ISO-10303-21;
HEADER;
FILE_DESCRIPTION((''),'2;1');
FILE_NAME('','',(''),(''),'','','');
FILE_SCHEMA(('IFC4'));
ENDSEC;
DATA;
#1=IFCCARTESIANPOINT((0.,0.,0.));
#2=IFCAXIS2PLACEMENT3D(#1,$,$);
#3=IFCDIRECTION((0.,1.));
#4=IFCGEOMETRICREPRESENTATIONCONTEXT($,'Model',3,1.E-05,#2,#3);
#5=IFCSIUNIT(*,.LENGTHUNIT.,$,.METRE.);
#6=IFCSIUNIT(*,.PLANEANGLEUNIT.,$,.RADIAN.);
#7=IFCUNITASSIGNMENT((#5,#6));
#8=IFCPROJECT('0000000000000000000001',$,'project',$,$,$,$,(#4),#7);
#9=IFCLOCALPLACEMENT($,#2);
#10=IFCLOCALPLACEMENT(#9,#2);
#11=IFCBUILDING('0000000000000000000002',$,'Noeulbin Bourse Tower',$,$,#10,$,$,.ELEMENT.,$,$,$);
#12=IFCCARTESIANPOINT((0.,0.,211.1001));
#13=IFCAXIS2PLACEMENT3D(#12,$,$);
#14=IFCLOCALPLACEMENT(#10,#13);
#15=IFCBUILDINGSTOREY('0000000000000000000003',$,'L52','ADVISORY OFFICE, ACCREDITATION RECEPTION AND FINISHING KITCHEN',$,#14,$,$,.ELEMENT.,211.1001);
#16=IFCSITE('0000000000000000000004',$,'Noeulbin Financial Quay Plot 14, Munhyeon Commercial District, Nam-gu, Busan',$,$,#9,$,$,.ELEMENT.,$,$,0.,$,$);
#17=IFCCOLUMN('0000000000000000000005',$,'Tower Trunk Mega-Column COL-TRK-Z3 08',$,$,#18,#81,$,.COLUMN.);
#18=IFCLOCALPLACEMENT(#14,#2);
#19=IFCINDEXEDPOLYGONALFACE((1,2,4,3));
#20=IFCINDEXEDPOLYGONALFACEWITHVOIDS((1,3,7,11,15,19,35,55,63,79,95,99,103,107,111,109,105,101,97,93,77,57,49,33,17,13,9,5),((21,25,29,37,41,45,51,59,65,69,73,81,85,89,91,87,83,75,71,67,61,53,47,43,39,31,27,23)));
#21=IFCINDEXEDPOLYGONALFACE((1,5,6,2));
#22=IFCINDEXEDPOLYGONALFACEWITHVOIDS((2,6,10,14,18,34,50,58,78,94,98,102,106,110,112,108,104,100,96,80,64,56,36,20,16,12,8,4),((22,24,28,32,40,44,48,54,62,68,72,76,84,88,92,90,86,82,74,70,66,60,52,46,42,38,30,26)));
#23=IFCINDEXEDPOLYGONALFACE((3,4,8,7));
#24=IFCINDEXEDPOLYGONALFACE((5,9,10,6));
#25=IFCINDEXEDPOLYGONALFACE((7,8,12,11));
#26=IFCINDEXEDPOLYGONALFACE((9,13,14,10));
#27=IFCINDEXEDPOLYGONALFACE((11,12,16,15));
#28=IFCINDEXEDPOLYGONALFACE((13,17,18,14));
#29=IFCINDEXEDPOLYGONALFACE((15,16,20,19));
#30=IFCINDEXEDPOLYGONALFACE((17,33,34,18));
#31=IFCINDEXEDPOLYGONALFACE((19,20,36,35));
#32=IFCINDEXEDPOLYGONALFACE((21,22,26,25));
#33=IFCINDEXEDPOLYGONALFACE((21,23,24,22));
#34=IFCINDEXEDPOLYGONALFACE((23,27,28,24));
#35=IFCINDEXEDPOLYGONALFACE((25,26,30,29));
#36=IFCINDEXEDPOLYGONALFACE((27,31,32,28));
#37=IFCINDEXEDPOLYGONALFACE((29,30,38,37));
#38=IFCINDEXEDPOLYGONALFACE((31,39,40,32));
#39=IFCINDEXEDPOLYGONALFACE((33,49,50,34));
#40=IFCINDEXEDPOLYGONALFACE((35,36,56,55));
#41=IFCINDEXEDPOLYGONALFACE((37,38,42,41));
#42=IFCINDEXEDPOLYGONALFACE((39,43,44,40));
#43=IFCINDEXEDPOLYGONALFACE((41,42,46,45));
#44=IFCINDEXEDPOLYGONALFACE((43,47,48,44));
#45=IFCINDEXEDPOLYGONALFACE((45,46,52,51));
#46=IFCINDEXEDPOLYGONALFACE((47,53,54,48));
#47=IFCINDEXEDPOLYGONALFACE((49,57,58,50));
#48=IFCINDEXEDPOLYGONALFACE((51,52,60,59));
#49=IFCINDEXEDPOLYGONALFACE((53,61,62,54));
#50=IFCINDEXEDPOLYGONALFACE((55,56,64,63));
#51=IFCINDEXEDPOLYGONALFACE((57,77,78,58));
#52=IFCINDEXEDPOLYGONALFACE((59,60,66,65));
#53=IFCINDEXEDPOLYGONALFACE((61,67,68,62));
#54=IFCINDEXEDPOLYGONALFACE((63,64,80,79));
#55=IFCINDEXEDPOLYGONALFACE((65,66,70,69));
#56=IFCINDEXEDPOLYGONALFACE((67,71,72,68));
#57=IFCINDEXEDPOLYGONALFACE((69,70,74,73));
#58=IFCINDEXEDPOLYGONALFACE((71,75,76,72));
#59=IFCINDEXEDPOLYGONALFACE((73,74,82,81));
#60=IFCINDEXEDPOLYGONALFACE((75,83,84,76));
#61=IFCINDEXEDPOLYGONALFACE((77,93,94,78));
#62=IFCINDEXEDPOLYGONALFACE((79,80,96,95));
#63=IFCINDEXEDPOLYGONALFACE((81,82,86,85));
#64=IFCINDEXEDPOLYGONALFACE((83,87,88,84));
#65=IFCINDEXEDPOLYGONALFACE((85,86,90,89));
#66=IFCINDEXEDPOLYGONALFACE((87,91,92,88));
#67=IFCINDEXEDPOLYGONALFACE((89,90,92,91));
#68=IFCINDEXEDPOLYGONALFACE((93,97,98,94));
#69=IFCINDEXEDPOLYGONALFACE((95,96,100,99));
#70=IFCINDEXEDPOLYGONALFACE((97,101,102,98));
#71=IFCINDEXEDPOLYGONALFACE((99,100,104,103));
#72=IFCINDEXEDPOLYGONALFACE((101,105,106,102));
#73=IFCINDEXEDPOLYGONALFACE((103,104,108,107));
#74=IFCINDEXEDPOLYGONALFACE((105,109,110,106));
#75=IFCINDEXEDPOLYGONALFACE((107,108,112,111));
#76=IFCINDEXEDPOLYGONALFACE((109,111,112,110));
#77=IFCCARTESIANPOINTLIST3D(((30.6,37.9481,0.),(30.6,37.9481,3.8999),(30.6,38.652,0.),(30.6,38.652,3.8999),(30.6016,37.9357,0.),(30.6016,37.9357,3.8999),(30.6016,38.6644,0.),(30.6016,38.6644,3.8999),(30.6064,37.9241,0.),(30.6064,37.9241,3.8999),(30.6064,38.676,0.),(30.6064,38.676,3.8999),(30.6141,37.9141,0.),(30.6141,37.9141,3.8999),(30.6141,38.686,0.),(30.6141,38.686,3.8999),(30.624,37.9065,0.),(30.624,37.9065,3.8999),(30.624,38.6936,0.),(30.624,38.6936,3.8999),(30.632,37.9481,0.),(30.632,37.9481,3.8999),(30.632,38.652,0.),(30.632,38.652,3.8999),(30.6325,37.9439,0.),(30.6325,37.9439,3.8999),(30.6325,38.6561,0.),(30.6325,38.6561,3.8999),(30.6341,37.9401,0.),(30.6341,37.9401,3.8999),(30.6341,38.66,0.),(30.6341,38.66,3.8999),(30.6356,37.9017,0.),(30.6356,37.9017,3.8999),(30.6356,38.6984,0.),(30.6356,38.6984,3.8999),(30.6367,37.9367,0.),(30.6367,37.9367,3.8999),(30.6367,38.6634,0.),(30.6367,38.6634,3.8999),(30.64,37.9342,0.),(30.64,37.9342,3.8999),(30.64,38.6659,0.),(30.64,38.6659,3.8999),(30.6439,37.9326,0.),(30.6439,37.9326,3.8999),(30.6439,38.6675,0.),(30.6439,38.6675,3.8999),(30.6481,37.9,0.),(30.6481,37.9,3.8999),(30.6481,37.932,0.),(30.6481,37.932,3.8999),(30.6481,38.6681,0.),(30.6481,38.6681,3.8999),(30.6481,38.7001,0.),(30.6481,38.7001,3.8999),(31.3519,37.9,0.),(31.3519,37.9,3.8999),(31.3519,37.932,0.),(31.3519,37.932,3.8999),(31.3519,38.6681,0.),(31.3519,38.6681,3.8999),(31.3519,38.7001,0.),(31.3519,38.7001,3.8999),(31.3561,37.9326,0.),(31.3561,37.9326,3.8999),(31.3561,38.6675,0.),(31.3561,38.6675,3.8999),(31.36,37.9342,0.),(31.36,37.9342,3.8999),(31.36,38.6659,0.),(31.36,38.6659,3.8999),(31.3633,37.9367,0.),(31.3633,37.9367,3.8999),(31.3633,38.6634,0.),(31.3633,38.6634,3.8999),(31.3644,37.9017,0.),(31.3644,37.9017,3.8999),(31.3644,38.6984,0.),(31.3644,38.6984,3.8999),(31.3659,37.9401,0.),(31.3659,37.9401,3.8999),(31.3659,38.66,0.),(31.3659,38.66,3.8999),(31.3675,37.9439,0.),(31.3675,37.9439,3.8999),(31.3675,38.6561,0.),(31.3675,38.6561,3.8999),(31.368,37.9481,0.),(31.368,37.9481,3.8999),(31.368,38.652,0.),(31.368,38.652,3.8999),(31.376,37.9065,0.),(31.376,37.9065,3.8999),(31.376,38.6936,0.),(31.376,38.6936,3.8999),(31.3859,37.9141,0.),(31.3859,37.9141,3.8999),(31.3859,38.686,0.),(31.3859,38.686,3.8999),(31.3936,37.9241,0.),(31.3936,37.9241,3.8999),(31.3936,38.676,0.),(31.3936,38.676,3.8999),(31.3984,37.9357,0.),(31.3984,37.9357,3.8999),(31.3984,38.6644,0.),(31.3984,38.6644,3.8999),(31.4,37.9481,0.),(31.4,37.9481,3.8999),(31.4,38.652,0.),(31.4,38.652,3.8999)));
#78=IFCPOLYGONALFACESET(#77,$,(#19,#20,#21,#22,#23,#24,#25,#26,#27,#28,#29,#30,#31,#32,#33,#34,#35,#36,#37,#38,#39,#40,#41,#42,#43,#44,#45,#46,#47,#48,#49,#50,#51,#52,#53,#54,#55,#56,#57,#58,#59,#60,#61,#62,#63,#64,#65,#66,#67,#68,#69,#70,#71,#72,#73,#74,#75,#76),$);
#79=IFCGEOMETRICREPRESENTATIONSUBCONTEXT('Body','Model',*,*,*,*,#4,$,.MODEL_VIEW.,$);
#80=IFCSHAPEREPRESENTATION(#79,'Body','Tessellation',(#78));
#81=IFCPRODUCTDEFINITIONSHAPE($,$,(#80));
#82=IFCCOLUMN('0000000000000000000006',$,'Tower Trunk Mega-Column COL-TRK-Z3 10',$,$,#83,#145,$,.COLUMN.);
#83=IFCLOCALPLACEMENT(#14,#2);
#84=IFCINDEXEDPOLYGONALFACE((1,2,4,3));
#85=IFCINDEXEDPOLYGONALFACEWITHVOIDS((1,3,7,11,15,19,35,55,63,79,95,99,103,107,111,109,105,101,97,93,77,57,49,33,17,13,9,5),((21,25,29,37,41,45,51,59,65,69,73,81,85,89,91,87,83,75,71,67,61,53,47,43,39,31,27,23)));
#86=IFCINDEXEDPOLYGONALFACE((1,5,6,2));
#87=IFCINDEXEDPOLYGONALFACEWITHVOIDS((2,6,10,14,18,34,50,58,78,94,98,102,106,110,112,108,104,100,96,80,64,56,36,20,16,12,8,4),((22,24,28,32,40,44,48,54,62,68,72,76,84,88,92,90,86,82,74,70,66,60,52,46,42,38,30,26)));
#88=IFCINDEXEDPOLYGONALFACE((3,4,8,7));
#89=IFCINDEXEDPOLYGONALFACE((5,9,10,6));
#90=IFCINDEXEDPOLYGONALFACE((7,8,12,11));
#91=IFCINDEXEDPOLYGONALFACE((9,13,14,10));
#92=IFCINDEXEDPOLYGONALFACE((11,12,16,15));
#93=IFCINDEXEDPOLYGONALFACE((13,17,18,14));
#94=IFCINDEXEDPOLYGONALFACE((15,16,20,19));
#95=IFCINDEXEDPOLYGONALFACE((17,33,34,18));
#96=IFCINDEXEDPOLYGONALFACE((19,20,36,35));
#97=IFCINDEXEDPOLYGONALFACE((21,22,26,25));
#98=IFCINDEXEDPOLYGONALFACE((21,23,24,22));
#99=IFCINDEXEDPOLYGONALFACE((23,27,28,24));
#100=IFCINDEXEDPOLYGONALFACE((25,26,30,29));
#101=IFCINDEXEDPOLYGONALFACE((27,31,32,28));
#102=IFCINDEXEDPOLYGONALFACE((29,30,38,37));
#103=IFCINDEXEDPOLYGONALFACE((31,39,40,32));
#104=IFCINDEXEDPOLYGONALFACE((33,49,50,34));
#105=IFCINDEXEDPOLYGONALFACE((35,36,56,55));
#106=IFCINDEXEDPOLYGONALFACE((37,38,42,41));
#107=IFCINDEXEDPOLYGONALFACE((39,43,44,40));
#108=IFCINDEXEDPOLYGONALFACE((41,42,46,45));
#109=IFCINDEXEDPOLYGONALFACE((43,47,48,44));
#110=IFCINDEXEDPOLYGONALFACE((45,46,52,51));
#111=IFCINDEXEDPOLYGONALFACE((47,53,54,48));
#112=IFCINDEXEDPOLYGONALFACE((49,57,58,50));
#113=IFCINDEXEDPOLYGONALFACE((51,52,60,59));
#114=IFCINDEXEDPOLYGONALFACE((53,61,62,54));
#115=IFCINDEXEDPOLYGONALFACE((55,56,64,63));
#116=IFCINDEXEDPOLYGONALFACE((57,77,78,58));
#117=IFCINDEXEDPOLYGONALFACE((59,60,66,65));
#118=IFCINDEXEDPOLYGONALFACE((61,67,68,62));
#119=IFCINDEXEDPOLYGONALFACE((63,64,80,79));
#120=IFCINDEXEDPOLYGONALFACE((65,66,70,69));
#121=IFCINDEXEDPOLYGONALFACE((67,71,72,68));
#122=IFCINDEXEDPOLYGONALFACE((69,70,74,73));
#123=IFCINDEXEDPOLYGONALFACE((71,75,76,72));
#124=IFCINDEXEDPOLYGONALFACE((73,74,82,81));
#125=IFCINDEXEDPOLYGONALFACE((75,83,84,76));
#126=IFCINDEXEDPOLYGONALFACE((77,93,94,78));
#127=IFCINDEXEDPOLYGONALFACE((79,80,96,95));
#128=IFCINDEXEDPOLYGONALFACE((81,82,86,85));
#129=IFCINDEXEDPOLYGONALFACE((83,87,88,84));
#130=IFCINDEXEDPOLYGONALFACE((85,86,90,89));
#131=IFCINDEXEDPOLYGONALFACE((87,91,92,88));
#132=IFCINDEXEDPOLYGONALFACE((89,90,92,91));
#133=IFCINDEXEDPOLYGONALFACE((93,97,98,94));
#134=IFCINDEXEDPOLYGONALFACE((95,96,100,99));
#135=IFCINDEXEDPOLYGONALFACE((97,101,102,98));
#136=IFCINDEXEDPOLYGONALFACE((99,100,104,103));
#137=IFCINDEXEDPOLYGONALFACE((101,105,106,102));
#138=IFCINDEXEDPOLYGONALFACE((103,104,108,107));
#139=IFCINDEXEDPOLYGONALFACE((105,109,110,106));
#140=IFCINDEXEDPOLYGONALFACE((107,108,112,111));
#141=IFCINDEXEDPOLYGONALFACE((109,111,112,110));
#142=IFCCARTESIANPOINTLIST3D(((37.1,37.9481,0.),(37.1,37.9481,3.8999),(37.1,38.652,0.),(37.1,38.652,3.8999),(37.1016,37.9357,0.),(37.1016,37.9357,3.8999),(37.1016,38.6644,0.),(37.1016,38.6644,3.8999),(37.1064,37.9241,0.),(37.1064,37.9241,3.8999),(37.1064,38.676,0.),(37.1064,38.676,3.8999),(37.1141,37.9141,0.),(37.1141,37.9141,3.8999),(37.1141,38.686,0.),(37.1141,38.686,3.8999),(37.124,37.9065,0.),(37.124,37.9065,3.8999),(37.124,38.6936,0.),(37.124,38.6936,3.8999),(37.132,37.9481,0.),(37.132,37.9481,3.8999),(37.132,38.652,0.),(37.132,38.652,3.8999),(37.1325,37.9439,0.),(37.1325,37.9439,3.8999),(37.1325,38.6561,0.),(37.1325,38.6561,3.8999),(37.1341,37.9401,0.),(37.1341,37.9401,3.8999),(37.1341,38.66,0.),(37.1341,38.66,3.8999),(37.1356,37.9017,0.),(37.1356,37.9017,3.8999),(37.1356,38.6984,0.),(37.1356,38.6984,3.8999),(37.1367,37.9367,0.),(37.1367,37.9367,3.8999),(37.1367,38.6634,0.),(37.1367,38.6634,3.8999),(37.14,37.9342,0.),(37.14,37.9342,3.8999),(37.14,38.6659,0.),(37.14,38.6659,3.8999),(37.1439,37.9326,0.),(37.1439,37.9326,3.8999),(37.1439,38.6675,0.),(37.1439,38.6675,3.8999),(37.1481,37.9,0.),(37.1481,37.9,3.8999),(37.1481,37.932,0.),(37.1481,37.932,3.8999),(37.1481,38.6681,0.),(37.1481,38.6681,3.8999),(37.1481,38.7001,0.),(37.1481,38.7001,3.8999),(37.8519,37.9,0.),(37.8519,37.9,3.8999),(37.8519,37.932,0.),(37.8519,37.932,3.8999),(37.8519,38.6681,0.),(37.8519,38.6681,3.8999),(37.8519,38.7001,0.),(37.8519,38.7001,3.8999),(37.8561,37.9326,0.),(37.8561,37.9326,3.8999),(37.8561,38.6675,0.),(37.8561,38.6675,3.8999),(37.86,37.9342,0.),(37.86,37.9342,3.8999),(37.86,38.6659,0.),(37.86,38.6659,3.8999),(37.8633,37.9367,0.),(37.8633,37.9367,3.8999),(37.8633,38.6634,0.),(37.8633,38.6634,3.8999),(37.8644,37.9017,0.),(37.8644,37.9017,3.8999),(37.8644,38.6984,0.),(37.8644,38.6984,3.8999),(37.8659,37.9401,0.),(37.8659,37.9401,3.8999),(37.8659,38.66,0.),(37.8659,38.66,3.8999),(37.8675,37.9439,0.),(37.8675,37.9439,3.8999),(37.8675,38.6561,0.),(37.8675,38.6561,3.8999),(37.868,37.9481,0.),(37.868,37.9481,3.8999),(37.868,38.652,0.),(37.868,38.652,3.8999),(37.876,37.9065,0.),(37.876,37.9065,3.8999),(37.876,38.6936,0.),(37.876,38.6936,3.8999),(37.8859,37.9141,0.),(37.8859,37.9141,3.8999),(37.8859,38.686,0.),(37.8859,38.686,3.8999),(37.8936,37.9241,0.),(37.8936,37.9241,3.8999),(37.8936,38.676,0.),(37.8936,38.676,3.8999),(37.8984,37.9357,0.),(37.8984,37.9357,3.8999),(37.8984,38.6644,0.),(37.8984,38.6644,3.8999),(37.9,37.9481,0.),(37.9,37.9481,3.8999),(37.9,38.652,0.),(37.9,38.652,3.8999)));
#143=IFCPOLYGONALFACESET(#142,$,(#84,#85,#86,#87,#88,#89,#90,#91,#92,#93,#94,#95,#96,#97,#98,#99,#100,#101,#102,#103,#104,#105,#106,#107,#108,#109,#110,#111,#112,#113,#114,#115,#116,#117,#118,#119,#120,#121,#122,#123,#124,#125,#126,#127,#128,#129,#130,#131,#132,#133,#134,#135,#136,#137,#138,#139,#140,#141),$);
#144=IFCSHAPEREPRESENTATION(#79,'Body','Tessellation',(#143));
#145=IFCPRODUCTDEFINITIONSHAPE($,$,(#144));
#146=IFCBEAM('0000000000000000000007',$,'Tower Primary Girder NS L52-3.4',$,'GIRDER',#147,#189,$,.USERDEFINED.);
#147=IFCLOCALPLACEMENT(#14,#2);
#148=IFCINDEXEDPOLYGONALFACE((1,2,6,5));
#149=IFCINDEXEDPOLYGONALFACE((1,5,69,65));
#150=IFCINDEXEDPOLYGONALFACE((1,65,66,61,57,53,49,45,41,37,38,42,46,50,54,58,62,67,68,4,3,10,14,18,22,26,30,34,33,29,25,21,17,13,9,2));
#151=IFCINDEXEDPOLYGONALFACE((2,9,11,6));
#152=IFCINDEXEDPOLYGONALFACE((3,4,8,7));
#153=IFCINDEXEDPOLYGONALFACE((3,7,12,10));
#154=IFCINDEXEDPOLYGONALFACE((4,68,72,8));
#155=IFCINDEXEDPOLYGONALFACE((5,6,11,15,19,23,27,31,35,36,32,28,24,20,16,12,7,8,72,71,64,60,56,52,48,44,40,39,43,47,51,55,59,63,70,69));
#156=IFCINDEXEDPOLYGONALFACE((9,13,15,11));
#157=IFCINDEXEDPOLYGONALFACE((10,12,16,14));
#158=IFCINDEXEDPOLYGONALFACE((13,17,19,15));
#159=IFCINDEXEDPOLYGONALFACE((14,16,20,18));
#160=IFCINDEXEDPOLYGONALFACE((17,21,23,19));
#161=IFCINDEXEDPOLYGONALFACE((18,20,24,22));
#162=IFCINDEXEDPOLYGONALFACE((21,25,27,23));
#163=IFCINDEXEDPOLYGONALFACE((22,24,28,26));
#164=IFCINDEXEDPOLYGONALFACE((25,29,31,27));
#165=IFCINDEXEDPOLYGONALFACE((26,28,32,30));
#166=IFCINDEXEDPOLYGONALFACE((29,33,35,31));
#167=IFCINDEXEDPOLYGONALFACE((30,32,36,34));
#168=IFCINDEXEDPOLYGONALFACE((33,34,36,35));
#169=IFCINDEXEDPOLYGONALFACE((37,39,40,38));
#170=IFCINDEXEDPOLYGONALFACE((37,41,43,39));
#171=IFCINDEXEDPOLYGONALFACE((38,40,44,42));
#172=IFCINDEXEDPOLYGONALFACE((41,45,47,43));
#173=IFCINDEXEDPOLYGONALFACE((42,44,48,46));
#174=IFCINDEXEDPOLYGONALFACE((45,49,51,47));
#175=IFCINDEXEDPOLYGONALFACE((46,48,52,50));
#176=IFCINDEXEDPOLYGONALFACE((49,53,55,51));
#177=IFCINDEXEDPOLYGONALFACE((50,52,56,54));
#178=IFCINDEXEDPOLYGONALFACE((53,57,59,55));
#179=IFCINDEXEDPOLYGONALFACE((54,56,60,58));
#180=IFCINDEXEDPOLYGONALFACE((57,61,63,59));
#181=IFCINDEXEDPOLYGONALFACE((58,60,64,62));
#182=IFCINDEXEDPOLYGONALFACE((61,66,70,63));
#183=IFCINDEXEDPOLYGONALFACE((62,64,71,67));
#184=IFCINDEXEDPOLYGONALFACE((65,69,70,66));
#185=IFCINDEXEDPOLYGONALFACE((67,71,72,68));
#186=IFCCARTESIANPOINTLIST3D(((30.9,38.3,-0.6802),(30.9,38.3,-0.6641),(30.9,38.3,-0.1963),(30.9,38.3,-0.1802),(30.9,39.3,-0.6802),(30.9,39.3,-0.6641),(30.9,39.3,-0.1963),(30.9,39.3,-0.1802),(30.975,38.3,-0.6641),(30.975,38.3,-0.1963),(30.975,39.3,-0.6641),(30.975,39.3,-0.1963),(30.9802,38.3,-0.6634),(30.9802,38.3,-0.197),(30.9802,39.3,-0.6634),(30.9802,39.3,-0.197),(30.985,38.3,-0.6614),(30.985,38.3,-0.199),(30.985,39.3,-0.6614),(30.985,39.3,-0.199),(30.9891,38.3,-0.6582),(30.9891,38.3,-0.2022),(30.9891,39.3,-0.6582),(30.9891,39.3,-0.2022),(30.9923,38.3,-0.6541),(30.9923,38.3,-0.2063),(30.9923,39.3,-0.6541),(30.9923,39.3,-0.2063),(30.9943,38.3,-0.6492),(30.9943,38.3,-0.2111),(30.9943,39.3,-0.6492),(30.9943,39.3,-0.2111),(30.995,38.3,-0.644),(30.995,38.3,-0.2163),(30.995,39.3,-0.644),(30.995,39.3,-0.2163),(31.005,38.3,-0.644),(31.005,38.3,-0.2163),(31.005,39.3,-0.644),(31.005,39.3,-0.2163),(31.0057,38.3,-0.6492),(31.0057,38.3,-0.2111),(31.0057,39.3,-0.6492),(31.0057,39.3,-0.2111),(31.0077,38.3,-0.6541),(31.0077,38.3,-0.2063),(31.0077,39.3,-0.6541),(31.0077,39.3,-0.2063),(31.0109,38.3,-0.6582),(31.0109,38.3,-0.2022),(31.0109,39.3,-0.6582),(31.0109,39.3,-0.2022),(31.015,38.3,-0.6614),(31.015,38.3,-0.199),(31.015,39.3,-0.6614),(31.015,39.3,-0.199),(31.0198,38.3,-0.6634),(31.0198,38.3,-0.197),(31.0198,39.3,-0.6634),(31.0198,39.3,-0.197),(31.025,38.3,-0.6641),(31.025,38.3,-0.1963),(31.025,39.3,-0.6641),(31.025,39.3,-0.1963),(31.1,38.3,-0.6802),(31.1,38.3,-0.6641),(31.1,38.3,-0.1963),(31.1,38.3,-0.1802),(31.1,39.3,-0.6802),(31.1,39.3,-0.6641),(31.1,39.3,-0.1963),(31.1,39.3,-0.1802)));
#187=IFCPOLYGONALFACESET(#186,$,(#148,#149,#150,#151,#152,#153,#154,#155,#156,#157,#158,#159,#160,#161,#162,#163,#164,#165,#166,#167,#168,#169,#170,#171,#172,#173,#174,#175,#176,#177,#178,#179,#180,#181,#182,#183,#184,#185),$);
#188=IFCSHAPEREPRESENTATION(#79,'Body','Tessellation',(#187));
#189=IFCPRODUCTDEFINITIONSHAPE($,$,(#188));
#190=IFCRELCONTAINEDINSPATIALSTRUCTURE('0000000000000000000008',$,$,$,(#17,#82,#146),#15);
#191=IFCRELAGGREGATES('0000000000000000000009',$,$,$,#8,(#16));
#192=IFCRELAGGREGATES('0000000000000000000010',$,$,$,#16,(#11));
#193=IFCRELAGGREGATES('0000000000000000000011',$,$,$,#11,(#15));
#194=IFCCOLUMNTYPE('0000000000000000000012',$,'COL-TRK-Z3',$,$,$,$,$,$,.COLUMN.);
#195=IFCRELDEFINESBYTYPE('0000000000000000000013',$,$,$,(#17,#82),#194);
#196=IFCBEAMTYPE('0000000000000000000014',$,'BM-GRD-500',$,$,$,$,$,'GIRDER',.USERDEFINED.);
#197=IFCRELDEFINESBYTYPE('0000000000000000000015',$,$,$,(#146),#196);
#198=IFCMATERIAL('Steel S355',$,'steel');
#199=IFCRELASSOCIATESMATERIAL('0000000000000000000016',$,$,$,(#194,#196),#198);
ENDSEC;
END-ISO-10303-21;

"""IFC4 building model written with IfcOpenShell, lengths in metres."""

from ifc_helpers import new_model, si_unit, direction, frame, origin, origin_2d, place, context, subcontext, project, spatial, hollow_rectangle, i_section, extrude, material, material_profile, profile_set, type_object, element, save


model = new_model("IFC4")

# Units and contexts
model_context = context("Model", 3, precision=1e-05, world=origin(), true_north=direction((0.0, 1.0)))
body_context = subcontext(model_context, "Body", "Model", "MODEL_VIEW")
ifc_project = project(units=[si_unit("LENGTHUNIT", "METRE"), si_unit("PLANEANGLEUNIT", "RADIAN")], contexts=[model_context])

# Site, building, storey
site_placement = place(None, origin())
site = spatial("IfcSite", under=ifc_project, at=site_placement, Name="Noeulbin Financial Quay Plot 14, Munhyeon Commercial District, Nam-gu, Busan", CompositionType="ELEMENT", RefElevation=0.0)
building_placement = place(site_placement, origin())
building = spatial("IfcBuilding", under=site, at=building_placement, Name="Noeulbin Bourse Tower", CompositionType="ELEMENT")
storey_placement = place(building_placement, frame((0.0, 0.0, 211.1001)))
storey = spatial("IfcBuildingStorey", under=building, at=storey_placement, Name="L52", Description="ADVISORY OFFICE, ACCREDITATION RECEPTION AND FINISHING KITCHEN", CompositionType="ELEMENT", Elevation=211.1001)

# Columns
ifc_material_1 = material(Name="Steel S355", Category="steel")
ifc_material_profile_1 = material_profile(ifc_material_1, hollow_rectangle(XDim=0.8, YDim=0.8, WallThickness=0.032, InnerFilletRadius=0.0161, OuterFilletRadius=0.0481, at=origin_2d()), Name="BOX-800x800x32", Category="LoadBearing")
ifc_profile_set_1 = profile_set([ifc_material_profile_1], Name="Steel S355")
column_type = type_object("IfcColumnType", Name="COL-TRK-Z3", PredefinedType="COLUMN", material=ifc_profile_set_1)
for number, where, z_axis, x_axis, name in (
    (1, (31.0, 38.3, 0.0), (0.0, 0.0, 1.0), (1.0, 0.0, 0.0), "Tower Trunk Mega-Column COL-TRK-Z3 08"),
    (2, (37.5, 38.3, 0.0), (0.0, 0.0, 1.0), (1.0, 0.0, 0.0), "Tower Trunk Mega-Column COL-TRK-Z3 10"),
):
    element("IfcColumn", number, at=place(storey_placement, frame(where, z_axis=z_axis, x_axis=x_axis)), inside=storey, type_object=column_type, Name=name, PredefinedType="COLUMN", context=body_context, shape_type="SweptSolid", body=[
        extrude(hollow_rectangle(XDim=0.8, YDim=0.8, WallThickness=0.032, InnerFilletRadius=0.0161, OuterFilletRadius=0.0481, at=origin_2d()), origin(), (0.0, 0.0, 1.0), 3.8999),
    ])

# Beam
ifc_material_profile_2 = material_profile(ifc_material_1, i_section(OverallWidth=0.2, OverallDepth=0.5, WebThickness=0.01, FlangeThickness=0.0161, FilletRadius=0.02, at=origin_2d()), Name="H-500x200x10x16", Category="LoadBearing")
ifc_profile_set_2 = profile_set([ifc_material_profile_2], Name="Steel S355")
beam_type = type_object("IfcBeamType", Name="BM-GRD-500", ElementType="GIRDER", PredefinedType="USERDEFINED", material=ifc_profile_set_2)
for number, where, z_axis, x_axis, name in (
    (3, (31.0, 38.3, -0.4302), (0.0, 1.0, 0.0), (-1.0, 0.0, 0.0), "Tower Primary Girder NS L52-3.4"),
):
    element("IfcBeam", number, at=place(storey_placement, frame(where, z_axis=z_axis, x_axis=x_axis)), inside=storey, type_object=beam_type, Name=name, ObjectType="GIRDER", PredefinedType="USERDEFINED", context=body_context, shape_type="SweptSolid", body=[
        extrude(i_section(OverallWidth=0.2, OverallDepth=0.5, WebThickness=0.01, FlangeThickness=0.0161, FilletRadius=0.02, at=origin_2d()), origin(), (0.0, 0.0, 1.0), 1.0),
    ])

save(model, "model.ifc")
